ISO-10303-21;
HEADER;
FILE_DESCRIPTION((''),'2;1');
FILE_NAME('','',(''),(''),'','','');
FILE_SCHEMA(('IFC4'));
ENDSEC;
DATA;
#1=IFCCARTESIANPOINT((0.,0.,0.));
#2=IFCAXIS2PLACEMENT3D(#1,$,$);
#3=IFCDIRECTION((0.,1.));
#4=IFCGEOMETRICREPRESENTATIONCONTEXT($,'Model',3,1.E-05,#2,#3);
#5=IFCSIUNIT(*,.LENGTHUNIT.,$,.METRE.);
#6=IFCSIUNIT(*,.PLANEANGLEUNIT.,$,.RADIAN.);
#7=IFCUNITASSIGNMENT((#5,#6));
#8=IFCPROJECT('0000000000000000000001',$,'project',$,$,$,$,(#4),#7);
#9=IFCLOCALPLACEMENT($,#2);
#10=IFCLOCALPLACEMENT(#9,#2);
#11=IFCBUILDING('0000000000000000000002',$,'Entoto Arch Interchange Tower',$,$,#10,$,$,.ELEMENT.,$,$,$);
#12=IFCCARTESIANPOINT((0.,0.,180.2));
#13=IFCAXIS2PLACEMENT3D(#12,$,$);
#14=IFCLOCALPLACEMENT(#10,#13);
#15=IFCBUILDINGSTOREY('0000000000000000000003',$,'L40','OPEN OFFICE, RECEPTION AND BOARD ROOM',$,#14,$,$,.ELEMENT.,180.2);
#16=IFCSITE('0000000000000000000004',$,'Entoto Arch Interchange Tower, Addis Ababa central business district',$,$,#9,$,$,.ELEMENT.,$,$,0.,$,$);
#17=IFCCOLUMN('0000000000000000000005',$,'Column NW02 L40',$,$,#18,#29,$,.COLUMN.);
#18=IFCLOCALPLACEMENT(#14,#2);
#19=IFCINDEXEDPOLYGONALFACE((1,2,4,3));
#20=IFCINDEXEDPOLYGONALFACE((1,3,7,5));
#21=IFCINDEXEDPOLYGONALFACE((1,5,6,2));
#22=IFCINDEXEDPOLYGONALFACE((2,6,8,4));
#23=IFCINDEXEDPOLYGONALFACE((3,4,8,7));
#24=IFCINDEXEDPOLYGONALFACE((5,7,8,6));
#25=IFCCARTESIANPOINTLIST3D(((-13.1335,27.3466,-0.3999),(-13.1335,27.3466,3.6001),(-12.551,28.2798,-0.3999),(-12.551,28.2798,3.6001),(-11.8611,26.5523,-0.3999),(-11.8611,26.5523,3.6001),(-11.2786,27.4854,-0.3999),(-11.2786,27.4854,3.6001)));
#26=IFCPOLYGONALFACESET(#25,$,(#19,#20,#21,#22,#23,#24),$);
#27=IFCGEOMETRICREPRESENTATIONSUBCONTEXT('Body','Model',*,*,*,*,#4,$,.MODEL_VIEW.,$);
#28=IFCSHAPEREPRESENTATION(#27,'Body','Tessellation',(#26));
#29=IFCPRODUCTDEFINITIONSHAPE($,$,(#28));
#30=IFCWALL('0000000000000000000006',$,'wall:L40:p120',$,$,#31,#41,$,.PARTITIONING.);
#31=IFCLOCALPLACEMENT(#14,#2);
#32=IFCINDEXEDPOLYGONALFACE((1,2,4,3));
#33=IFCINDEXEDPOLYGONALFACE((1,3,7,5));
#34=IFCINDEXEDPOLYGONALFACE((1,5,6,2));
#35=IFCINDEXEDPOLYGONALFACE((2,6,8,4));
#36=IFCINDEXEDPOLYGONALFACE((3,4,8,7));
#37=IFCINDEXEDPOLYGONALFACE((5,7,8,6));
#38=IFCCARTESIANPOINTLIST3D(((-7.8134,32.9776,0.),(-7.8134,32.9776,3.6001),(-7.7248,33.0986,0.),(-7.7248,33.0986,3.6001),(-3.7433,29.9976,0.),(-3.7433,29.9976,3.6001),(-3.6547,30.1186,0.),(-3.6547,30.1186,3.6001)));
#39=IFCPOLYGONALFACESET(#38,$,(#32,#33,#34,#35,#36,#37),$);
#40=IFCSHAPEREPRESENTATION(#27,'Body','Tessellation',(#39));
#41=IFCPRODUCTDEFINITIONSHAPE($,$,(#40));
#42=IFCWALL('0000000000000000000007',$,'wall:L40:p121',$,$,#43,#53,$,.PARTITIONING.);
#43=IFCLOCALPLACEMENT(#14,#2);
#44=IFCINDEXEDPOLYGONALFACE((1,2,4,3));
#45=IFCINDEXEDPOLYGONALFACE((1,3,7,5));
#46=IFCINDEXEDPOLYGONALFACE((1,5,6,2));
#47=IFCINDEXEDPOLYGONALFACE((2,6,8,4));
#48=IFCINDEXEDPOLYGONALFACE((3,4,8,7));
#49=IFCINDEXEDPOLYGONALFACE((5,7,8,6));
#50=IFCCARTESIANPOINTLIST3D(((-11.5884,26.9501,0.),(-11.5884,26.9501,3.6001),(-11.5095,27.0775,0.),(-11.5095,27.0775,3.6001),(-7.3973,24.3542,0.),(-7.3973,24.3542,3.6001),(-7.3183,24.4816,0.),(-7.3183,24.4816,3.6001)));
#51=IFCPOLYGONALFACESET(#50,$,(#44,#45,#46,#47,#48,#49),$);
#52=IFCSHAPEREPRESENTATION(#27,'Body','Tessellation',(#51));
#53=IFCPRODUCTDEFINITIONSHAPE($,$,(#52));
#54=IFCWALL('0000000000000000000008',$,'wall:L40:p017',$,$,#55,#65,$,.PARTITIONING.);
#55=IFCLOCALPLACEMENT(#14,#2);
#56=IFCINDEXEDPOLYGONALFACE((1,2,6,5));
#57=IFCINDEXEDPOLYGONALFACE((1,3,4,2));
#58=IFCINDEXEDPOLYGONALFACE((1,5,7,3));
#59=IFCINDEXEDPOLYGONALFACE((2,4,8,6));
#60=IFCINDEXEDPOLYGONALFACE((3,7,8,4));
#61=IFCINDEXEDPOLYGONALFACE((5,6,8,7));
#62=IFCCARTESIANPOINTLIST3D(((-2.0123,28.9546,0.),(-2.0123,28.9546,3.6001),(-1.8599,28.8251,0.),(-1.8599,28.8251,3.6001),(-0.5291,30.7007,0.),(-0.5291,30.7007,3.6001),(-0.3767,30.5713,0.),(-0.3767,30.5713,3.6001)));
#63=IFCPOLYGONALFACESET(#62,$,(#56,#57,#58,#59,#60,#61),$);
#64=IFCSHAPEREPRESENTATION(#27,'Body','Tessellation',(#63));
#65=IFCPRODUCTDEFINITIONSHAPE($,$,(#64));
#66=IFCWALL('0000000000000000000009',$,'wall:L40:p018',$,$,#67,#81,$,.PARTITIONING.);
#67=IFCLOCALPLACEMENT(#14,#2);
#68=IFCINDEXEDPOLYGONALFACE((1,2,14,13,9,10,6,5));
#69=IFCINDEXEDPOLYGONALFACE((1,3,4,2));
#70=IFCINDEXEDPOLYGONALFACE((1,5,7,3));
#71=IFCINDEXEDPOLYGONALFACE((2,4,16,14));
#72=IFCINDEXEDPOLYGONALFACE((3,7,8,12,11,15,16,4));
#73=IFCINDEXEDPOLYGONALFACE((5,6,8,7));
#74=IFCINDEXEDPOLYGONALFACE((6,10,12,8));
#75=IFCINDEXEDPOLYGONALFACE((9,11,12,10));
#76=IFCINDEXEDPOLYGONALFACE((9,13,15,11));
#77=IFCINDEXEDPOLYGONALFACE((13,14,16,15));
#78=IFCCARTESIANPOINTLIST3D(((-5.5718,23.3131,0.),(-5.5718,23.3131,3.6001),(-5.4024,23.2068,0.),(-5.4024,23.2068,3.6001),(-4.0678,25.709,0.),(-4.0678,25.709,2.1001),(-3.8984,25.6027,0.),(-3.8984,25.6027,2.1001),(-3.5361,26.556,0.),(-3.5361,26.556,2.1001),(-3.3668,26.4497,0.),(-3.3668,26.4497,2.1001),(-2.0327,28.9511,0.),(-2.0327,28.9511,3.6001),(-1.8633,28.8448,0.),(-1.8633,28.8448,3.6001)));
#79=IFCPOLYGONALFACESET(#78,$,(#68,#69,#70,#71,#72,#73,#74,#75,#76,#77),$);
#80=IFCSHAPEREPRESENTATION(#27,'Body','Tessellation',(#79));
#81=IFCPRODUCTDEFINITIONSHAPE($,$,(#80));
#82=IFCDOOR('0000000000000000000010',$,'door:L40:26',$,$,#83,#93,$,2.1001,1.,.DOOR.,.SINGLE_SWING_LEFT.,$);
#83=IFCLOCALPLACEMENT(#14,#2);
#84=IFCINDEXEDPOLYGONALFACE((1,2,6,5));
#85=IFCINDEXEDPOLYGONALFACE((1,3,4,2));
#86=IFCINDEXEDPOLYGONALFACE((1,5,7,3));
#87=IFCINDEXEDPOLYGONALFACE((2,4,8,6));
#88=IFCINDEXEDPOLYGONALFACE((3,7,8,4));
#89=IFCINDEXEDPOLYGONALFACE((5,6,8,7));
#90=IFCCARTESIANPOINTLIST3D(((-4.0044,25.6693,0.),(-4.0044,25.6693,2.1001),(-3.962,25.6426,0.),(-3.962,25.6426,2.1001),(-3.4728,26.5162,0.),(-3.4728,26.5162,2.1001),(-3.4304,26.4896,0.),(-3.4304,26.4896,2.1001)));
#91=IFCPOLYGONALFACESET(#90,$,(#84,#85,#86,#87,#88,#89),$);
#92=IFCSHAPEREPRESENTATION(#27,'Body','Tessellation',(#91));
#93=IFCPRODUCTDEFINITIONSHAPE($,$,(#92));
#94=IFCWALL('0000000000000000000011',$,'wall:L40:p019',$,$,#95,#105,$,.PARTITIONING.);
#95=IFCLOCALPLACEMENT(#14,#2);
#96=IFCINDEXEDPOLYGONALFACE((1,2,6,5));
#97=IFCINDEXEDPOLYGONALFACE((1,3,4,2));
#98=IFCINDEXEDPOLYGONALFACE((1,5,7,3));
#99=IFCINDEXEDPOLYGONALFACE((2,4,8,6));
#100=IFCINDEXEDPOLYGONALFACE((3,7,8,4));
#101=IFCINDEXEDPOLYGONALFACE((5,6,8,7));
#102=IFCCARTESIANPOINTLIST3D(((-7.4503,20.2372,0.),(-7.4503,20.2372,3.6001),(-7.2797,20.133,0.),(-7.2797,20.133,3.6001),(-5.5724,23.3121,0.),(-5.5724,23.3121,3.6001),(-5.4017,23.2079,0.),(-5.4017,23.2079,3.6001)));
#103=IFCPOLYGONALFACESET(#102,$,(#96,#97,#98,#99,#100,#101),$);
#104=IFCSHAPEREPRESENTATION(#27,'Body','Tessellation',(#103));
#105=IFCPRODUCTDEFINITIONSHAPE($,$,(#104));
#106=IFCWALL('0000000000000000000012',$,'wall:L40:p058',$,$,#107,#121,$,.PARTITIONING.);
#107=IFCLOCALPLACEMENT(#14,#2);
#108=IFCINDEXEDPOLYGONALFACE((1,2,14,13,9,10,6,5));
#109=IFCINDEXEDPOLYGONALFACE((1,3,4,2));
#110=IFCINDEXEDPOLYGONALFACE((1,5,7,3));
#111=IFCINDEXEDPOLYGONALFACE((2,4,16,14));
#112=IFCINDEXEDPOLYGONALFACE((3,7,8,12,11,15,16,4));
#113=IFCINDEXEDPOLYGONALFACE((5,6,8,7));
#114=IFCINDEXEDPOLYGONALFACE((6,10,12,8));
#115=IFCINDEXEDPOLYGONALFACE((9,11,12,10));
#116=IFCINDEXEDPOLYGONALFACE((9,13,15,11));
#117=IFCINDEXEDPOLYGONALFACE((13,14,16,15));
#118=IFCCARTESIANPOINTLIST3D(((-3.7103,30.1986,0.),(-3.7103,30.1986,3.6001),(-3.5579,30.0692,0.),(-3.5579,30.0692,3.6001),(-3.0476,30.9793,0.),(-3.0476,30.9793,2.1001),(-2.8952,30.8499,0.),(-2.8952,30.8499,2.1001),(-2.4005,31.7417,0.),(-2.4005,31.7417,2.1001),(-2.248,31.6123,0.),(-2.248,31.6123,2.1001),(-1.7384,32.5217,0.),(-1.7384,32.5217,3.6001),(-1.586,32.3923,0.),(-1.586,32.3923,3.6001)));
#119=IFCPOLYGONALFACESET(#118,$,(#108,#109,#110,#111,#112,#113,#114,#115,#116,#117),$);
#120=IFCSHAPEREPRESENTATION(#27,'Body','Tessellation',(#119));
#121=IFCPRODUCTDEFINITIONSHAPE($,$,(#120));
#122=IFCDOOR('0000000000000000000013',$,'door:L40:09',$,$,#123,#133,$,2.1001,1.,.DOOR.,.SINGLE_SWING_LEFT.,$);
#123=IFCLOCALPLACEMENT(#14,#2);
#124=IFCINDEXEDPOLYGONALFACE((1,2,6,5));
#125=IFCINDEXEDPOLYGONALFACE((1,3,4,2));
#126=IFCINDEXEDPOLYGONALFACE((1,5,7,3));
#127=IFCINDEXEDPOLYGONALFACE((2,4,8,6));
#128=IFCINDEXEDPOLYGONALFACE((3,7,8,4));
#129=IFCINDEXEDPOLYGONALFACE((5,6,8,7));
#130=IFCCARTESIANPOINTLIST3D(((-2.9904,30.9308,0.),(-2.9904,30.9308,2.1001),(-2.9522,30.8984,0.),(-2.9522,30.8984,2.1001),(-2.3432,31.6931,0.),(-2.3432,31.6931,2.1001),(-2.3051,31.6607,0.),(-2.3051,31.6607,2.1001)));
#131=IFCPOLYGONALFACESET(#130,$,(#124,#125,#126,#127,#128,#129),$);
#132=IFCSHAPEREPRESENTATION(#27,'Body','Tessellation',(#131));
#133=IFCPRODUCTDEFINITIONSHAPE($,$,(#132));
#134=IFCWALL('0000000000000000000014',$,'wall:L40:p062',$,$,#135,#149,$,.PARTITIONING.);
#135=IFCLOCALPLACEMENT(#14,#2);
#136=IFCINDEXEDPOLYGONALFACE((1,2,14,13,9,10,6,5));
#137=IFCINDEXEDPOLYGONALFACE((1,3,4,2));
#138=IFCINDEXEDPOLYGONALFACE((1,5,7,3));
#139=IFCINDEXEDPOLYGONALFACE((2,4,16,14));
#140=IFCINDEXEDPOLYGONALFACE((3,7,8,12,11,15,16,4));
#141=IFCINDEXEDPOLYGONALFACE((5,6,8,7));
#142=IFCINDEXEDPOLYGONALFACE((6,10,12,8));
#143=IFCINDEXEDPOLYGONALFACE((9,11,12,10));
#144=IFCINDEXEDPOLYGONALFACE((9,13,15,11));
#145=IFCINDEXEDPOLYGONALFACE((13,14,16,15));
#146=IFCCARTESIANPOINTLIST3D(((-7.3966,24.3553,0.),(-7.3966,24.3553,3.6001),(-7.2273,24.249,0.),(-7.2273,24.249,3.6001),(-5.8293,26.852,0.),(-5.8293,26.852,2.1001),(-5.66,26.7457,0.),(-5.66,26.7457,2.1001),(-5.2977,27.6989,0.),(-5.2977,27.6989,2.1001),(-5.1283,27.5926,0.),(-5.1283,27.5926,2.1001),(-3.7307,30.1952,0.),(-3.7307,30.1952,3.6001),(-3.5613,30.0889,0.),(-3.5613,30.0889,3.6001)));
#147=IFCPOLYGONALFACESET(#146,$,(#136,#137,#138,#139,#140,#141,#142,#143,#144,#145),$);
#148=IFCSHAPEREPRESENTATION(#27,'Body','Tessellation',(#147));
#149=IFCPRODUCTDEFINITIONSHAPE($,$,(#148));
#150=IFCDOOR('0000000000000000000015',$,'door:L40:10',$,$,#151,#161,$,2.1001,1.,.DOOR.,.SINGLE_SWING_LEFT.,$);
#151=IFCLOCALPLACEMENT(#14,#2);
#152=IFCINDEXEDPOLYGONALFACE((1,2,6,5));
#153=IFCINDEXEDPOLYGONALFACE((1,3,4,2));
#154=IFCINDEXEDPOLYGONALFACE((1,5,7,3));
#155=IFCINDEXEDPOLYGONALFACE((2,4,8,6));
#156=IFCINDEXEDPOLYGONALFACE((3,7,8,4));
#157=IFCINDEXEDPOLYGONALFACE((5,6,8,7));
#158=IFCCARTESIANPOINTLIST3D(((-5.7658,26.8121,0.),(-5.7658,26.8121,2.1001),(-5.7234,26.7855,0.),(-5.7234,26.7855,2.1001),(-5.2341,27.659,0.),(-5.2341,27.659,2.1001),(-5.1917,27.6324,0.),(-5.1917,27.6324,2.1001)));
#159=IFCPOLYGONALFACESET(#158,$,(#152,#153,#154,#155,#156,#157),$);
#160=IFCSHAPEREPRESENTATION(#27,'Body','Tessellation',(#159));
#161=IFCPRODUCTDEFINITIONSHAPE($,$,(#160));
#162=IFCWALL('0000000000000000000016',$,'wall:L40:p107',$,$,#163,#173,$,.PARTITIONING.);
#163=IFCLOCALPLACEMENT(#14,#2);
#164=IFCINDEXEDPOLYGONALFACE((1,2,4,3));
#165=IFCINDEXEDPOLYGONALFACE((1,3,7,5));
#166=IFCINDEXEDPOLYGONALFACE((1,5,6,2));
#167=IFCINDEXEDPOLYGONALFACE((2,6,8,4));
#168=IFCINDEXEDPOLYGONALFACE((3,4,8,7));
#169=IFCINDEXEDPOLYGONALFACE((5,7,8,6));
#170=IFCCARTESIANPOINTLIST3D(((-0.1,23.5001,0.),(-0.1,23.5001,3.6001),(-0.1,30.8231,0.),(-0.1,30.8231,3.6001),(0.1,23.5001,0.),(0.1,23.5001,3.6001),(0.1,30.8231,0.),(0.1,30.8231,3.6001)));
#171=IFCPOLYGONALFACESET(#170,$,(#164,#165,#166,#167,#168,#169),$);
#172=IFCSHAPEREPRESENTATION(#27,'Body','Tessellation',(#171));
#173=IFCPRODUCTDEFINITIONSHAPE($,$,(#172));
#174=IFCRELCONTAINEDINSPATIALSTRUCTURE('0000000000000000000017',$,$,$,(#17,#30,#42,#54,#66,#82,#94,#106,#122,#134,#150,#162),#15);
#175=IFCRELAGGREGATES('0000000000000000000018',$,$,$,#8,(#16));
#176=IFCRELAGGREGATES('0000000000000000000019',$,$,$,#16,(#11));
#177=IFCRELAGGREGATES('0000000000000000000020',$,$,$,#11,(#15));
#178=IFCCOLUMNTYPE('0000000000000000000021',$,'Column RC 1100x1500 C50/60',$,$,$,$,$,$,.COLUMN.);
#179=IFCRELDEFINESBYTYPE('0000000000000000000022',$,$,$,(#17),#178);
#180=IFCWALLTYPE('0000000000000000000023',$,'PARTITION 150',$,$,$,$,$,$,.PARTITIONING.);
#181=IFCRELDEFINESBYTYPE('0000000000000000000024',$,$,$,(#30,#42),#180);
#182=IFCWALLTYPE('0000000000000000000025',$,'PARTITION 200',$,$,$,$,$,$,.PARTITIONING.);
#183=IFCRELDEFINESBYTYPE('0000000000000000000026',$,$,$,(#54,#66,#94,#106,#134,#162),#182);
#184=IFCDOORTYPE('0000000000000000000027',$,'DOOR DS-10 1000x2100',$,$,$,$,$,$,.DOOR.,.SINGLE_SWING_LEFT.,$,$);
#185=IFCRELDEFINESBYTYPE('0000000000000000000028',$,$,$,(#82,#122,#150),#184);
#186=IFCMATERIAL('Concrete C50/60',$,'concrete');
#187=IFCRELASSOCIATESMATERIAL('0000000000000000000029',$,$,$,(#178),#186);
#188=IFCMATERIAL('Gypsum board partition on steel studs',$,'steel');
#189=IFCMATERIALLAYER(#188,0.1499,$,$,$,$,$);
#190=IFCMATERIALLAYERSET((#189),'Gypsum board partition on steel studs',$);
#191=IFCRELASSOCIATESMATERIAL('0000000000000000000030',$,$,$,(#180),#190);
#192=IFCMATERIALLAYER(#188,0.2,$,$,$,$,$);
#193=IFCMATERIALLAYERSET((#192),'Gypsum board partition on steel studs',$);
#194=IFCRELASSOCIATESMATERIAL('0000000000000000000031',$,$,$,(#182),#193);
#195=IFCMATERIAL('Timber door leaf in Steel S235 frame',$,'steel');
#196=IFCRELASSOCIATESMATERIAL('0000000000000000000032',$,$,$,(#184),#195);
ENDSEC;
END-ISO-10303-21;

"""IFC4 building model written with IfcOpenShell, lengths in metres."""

from ifc_helpers import new_model, si_unit, direction, frame, frame_2d, origin, origin_2d, place, context, subcontext, project, spatial, rectangle, extrude, material, layer, layer_set, material_profile, profile_set, type_object, element, fill, save


model = new_model("IFC4")

# Units and contexts
model_context = context("Model", 3, precision=1e-05, world=origin(), true_north=direction((0.0, 1.0)))
body_context = subcontext(model_context, "Body", "Model", "MODEL_VIEW")
ifc_project = project(units=[si_unit("LENGTHUNIT", "METRE"), si_unit("PLANEANGLEUNIT", "RADIAN")], contexts=[model_context])

# Site, building, storey
site_placement = place(None, origin())
site = spatial("IfcSite", under=ifc_project, at=site_placement, Name="Entoto Arch Interchange Tower, Addis Ababa central business district", CompositionType="ELEMENT", RefElevation=0.0)
building_placement = place(site_placement, origin())
building = spatial("IfcBuilding", under=site, at=building_placement, Name="Entoto Arch Interchange Tower", CompositionType="ELEMENT")
storey_placement = place(building_placement, frame((0.0, 0.0, 180.2)))
storey = spatial("IfcBuildingStorey", under=building, at=storey_placement, Name="L40", Description="OPEN OFFICE, RECEPTION AND BOARD ROOM", CompositionType="ELEMENT", Elevation=180.2)

# Column
ifc_material_1 = material(Name="Concrete C50/60", Category="concrete")
ifc_material_profile = material_profile(ifc_material_1, rectangle(XDim=1.1001, YDim=1.5, at=origin_2d()))
ifc_profile_set = profile_set([ifc_material_profile], Name="Concrete C50/60")
column_type = type_object("IfcColumnType", Name="Column RC 1100x1500 C50/60", PredefinedType="COLUMN", material=ifc_profile_set)
column_placement = place(storey_placement, frame((-12.2061, 27.416, -0.3999), z_axis=(0.0, 0.0, 1.0), x_axis=(0.529549, 0.848279, 0.0)))
element("IfcColumn", 1, at=column_placement, inside=storey, type_object=column_type, Name="Column NW02 L40", PredefinedType="COLUMN", context=body_context, shape_type="SweptSolid", body=[
    extrude(rectangle(XDim=1.1001, YDim=1.5, at=origin_2d()), origin(), (0.0, 0.0, 1.0), 4.0),
])

# Walls
ifc_material_2 = material(Name="Gypsum board partition on steel studs", Category="steel")
ifc_layer_1 = layer(ifc_material_2, 0.1499)
ifc_layer_set_1 = layer_set([ifc_layer_1], Name="Gypsum board partition on steel studs")
wall_type_1 = type_object("IfcWallType", Name="PARTITION 150", PredefinedType="PARTITIONING", material=ifc_layer_set_1)
wall_1_placement = place(storey_placement, frame((-3.699, 30.0581, 0.0), z_axis=(0.0, 0.0, 1.0), x_axis=(-0.806853, 0.590753, 0.0)))
element("IfcWall", 2, at=wall_1_placement, inside=storey, type_object=wall_type_1, Name="wall:L40:p120", PredefinedType="PARTITIONING", context=body_context, shape_type="SweptSolid", body=[
    extrude(rectangle(XDim=5.0444, YDim=0.1499, at=frame_2d((2.5222, 0.0))), origin(), (0.0, 0.0, 1.0), 3.6001),
])
wall_2_placement = place(storey_placement, frame((-7.3579, 24.418, 0.0), z_axis=(0.0, 0.0, 1.0), x_axis=(-0.850136, 0.526563, 0.0)))
element("IfcWall", 3, at=wall_2_placement, inside=storey, type_object=wall_type_1, Name="wall:L40:p121", PredefinedType="PARTITIONING", context=body_context, shape_type="SweptSolid", body=[
    extrude(rectangle(XDim=4.9299, YDim=0.1499, at=frame_2d((2.4648, 0.0))), origin(), (0.0, 0.0, 1.0), 3.6001),
])
ifc_layer_2 = layer(ifc_material_2, 0.2)
ifc_layer_set_2 = layer_set([ifc_layer_2], Name="Gypsum board partition on steel studs")
wall_type_2 = type_object("IfcWallType", Name="PARTITION 200", PredefinedType="PARTITIONING", material=ifc_layer_set_2)
wall_3_placement = place(storey_placement, frame((-0.4529, 30.636, 0.0), z_axis=(0.0, 0.0, 1.0), x_axis=(-0.647389, -0.76216, 0.0)))
element("IfcWall", 4, at=wall_3_placement, inside=storey, type_object=wall_type_2, Name="wall:L40:p017", PredefinedType="PARTITIONING", context=body_context, shape_type="SweptSolid", body=[
    extrude(rectangle(XDim=2.291, YDim=0.2, at=frame_2d((1.1455, 0.0))), origin(), (0.0, 0.0, 1.0), 3.6001),
])

# Wall, opening, door
wall_4_placement = place(storey_placement, frame((-1.948, 28.8979, 0.0), z_axis=(0.0, 0.0, 1.0), x_axis=(-0.531656, -0.84696, 0.0)))
wall_4 = element("IfcWall", 5, at=wall_4_placement, inside=storey, type_object=wall_type_2, Name="wall:L40:p018", PredefinedType="PARTITIONING", context=body_context, shape_type="SweptSolid", body=[
    extrude(rectangle(XDim=6.6567, YDim=0.2, at=frame_2d((3.3284, 0.0))), origin(), (0.0, 0.0, 1.0), 3.6001),
])
opening_1_placement = place(wall_4_placement, frame((2.8279, 0.0, 0.0)))
opening_1 = element("IfcOpeningElement", 6, at=opening_1_placement, cuts=wall_4, PredefinedType="OPENING", context=body_context, shape_type="SweptSolid", body=[
    extrude(rectangle(XDim=1.0, YDim=2.1001, at=frame_2d((0.5, 1.05))), frame((0.0, 0.1099, 0.0), z_axis=(0.0, -1.0, 0.0), x_axis=(1.0, 0.0, 0.0)), (0.0, 0.0, 1.0), 0.22),
])
ifc_material_3 = material(Name="Timber door leaf in Steel S235 frame", Category="steel")
door_type = type_object("IfcDoorType", Name="DOOR DS-10 1000x2100", OperationType="SINGLE_SWING_LEFT", PredefinedType="DOOR", material=ifc_material_3)
door_1_placement = place(opening_1_placement, origin())
door_1 = element("IfcDoor", 7, at=door_1_placement, inside=storey, type_object=door_type, Name="door:L40:26", OperationType="SINGLE_SWING_LEFT", OverallHeight=2.1001, OverallWidth=1.0, PredefinedType="DOOR", context=body_context, shape_type="SweptSolid", body=[
    extrude(rectangle(XDim=1.0, YDim=2.1001, at=frame_2d((0.5, 1.05))), frame((0.0, 0.0249, 0.0), z_axis=(0.0, -1.0, 0.0), x_axis=(1.0, 0.0, 0.0)), (0.0, 0.0, 1.0), 0.05),
])
fill(opening_1, door_1)

# Wall
wall_5_placement = place(storey_placement, frame((-5.4871, 23.26, 0.0), z_axis=(0.0, 0.0, 1.0), x_axis=(-0.521206, -0.853431, 0.0)))
element("IfcWall", 8, at=wall_5_placement, inside=storey, type_object=wall_type_2, Name="wall:L40:p019", PredefinedType="PARTITIONING", context=body_context, shape_type="SweptSolid", body=[
    extrude(rectangle(XDim=3.603, YDim=0.2, at=frame_2d((1.8015, 0.0))), origin(), (0.0, 0.0, 1.0), 3.6001),
])

# Walls, openings, doors
wall_6_placement = place(storey_placement, frame((-3.634, 30.134, 0.0), z_axis=(0.0, 0.0, 1.0), x_axis=(0.647148, 0.762364, 0.0)))
wall_6 = element("IfcWall", 9, at=wall_6_placement, inside=storey, type_object=wall_type_2, Name="wall:L40:p058", PredefinedType="PARTITIONING", context=body_context, shape_type="SweptSolid", body=[
    extrude(rectangle(XDim=3.0471, YDim=0.2, at=frame_2d((1.5234, 0.0))), origin(), (0.0, 0.0, 1.0), 3.6001),
])
opening_2_placement = place(wall_6_placement, frame((1.0239, 0.0, 0.0)))
opening_2 = element("IfcOpeningElement", 10, at=opening_2_placement, cuts=wall_6, PredefinedType="OPENING", context=body_context, shape_type="SweptSolid", body=[
    extrude(rectangle(XDim=1.0, YDim=2.1001, at=frame_2d((0.5, 1.05))), frame((0.0, 0.1099, 0.0), z_axis=(0.0, -1.0, 0.0), x_axis=(1.0, 0.0, 0.0)), (0.0, 0.0, 1.0), 0.22),
])
door_2_placement = place(opening_2_placement, origin())
door_2 = element("IfcDoor", 11, at=door_2_placement, inside=storey, type_object=door_type, Name="door:L40:09", OperationType="SINGLE_SWING_LEFT", OverallHeight=2.1001, OverallWidth=1.0, PredefinedType="DOOR", context=body_context, shape_type="SweptSolid", body=[
    extrude(rectangle(XDim=1.0, YDim=2.1001, at=frame_2d((0.5, 1.05))), frame((0.0, 0.0249, 0.0), z_axis=(0.0, -1.0, 0.0), x_axis=(1.0, 0.0, 0.0)), (0.0, 0.0, 1.0), 0.05),
])
fill(opening_2, door_2)
wall_7_placement = place(storey_placement, frame((-7.312, 24.302, 0.0), z_axis=(0.0, 0.0, 1.0), x_axis=(0.531662, 0.846956, 0.0)))
wall_7 = element("IfcWall", 12, at=wall_7_placement, inside=storey, type_object=wall_type_2, Name="wall:L40:p062", PredefinedType="PARTITIONING", context=body_context, shape_type="SweptSolid", body=[
    extrude(rectangle(XDim=6.8953, YDim=0.2, at=frame_2d((3.4478, 0.0))), origin(), (0.0, 0.0, 1.0), 3.6001),
])
opening_3_placement = place(wall_7_placement, frame((2.948, 0.0, 0.0)))
opening_3 = element("IfcOpeningElement", 13, at=opening_3_placement, cuts=wall_7, PredefinedType="OPENING", context=body_context, shape_type="SweptSolid", body=[
    extrude(rectangle(XDim=1.0, YDim=2.1001, at=frame_2d((0.5, 1.05))), frame((0.0, 0.1099, 0.0), z_axis=(0.0, -1.0, 0.0), x_axis=(1.0, 0.0, 0.0)), (0.0, 0.0, 1.0), 0.22),
])
door_3_placement = place(opening_3_placement, origin())
door_3 = element("IfcDoor", 14, at=door_3_placement, inside=storey, type_object=door_type, Name="door:L40:10", OperationType="SINGLE_SWING_LEFT", OverallHeight=2.1001, OverallWidth=1.0, PredefinedType="DOOR", context=body_context, shape_type="SweptSolid", body=[
    extrude(rectangle(XDim=1.0, YDim=2.1001, at=frame_2d((0.5, 1.05))), frame((0.0, 0.0249, 0.0), z_axis=(0.0, -1.0, 0.0), x_axis=(1.0, 0.0, 0.0)), (0.0, 0.0, 1.0), 0.05),
])
fill(opening_3, door_3)

# Wall
wall_8_placement = place(storey_placement, frame((0.0, 23.5, 0.0), z_axis=(0.0, 0.0, 1.0), x_axis=(0.0, 1.0, 0.0)))
element("IfcWall", 15, at=wall_8_placement, inside=storey, type_object=wall_type_2, Name="wall:L40:p107", PredefinedType="PARTITIONING", context=body_context, shape_type="SweptSolid", body=[
    extrude(rectangle(XDim=7.323, YDim=0.2, at=frame_2d((3.6616, 0.0))), origin(), (0.0, 0.0, 1.0), 3.6001),
])

save(model, "model.ifc")
